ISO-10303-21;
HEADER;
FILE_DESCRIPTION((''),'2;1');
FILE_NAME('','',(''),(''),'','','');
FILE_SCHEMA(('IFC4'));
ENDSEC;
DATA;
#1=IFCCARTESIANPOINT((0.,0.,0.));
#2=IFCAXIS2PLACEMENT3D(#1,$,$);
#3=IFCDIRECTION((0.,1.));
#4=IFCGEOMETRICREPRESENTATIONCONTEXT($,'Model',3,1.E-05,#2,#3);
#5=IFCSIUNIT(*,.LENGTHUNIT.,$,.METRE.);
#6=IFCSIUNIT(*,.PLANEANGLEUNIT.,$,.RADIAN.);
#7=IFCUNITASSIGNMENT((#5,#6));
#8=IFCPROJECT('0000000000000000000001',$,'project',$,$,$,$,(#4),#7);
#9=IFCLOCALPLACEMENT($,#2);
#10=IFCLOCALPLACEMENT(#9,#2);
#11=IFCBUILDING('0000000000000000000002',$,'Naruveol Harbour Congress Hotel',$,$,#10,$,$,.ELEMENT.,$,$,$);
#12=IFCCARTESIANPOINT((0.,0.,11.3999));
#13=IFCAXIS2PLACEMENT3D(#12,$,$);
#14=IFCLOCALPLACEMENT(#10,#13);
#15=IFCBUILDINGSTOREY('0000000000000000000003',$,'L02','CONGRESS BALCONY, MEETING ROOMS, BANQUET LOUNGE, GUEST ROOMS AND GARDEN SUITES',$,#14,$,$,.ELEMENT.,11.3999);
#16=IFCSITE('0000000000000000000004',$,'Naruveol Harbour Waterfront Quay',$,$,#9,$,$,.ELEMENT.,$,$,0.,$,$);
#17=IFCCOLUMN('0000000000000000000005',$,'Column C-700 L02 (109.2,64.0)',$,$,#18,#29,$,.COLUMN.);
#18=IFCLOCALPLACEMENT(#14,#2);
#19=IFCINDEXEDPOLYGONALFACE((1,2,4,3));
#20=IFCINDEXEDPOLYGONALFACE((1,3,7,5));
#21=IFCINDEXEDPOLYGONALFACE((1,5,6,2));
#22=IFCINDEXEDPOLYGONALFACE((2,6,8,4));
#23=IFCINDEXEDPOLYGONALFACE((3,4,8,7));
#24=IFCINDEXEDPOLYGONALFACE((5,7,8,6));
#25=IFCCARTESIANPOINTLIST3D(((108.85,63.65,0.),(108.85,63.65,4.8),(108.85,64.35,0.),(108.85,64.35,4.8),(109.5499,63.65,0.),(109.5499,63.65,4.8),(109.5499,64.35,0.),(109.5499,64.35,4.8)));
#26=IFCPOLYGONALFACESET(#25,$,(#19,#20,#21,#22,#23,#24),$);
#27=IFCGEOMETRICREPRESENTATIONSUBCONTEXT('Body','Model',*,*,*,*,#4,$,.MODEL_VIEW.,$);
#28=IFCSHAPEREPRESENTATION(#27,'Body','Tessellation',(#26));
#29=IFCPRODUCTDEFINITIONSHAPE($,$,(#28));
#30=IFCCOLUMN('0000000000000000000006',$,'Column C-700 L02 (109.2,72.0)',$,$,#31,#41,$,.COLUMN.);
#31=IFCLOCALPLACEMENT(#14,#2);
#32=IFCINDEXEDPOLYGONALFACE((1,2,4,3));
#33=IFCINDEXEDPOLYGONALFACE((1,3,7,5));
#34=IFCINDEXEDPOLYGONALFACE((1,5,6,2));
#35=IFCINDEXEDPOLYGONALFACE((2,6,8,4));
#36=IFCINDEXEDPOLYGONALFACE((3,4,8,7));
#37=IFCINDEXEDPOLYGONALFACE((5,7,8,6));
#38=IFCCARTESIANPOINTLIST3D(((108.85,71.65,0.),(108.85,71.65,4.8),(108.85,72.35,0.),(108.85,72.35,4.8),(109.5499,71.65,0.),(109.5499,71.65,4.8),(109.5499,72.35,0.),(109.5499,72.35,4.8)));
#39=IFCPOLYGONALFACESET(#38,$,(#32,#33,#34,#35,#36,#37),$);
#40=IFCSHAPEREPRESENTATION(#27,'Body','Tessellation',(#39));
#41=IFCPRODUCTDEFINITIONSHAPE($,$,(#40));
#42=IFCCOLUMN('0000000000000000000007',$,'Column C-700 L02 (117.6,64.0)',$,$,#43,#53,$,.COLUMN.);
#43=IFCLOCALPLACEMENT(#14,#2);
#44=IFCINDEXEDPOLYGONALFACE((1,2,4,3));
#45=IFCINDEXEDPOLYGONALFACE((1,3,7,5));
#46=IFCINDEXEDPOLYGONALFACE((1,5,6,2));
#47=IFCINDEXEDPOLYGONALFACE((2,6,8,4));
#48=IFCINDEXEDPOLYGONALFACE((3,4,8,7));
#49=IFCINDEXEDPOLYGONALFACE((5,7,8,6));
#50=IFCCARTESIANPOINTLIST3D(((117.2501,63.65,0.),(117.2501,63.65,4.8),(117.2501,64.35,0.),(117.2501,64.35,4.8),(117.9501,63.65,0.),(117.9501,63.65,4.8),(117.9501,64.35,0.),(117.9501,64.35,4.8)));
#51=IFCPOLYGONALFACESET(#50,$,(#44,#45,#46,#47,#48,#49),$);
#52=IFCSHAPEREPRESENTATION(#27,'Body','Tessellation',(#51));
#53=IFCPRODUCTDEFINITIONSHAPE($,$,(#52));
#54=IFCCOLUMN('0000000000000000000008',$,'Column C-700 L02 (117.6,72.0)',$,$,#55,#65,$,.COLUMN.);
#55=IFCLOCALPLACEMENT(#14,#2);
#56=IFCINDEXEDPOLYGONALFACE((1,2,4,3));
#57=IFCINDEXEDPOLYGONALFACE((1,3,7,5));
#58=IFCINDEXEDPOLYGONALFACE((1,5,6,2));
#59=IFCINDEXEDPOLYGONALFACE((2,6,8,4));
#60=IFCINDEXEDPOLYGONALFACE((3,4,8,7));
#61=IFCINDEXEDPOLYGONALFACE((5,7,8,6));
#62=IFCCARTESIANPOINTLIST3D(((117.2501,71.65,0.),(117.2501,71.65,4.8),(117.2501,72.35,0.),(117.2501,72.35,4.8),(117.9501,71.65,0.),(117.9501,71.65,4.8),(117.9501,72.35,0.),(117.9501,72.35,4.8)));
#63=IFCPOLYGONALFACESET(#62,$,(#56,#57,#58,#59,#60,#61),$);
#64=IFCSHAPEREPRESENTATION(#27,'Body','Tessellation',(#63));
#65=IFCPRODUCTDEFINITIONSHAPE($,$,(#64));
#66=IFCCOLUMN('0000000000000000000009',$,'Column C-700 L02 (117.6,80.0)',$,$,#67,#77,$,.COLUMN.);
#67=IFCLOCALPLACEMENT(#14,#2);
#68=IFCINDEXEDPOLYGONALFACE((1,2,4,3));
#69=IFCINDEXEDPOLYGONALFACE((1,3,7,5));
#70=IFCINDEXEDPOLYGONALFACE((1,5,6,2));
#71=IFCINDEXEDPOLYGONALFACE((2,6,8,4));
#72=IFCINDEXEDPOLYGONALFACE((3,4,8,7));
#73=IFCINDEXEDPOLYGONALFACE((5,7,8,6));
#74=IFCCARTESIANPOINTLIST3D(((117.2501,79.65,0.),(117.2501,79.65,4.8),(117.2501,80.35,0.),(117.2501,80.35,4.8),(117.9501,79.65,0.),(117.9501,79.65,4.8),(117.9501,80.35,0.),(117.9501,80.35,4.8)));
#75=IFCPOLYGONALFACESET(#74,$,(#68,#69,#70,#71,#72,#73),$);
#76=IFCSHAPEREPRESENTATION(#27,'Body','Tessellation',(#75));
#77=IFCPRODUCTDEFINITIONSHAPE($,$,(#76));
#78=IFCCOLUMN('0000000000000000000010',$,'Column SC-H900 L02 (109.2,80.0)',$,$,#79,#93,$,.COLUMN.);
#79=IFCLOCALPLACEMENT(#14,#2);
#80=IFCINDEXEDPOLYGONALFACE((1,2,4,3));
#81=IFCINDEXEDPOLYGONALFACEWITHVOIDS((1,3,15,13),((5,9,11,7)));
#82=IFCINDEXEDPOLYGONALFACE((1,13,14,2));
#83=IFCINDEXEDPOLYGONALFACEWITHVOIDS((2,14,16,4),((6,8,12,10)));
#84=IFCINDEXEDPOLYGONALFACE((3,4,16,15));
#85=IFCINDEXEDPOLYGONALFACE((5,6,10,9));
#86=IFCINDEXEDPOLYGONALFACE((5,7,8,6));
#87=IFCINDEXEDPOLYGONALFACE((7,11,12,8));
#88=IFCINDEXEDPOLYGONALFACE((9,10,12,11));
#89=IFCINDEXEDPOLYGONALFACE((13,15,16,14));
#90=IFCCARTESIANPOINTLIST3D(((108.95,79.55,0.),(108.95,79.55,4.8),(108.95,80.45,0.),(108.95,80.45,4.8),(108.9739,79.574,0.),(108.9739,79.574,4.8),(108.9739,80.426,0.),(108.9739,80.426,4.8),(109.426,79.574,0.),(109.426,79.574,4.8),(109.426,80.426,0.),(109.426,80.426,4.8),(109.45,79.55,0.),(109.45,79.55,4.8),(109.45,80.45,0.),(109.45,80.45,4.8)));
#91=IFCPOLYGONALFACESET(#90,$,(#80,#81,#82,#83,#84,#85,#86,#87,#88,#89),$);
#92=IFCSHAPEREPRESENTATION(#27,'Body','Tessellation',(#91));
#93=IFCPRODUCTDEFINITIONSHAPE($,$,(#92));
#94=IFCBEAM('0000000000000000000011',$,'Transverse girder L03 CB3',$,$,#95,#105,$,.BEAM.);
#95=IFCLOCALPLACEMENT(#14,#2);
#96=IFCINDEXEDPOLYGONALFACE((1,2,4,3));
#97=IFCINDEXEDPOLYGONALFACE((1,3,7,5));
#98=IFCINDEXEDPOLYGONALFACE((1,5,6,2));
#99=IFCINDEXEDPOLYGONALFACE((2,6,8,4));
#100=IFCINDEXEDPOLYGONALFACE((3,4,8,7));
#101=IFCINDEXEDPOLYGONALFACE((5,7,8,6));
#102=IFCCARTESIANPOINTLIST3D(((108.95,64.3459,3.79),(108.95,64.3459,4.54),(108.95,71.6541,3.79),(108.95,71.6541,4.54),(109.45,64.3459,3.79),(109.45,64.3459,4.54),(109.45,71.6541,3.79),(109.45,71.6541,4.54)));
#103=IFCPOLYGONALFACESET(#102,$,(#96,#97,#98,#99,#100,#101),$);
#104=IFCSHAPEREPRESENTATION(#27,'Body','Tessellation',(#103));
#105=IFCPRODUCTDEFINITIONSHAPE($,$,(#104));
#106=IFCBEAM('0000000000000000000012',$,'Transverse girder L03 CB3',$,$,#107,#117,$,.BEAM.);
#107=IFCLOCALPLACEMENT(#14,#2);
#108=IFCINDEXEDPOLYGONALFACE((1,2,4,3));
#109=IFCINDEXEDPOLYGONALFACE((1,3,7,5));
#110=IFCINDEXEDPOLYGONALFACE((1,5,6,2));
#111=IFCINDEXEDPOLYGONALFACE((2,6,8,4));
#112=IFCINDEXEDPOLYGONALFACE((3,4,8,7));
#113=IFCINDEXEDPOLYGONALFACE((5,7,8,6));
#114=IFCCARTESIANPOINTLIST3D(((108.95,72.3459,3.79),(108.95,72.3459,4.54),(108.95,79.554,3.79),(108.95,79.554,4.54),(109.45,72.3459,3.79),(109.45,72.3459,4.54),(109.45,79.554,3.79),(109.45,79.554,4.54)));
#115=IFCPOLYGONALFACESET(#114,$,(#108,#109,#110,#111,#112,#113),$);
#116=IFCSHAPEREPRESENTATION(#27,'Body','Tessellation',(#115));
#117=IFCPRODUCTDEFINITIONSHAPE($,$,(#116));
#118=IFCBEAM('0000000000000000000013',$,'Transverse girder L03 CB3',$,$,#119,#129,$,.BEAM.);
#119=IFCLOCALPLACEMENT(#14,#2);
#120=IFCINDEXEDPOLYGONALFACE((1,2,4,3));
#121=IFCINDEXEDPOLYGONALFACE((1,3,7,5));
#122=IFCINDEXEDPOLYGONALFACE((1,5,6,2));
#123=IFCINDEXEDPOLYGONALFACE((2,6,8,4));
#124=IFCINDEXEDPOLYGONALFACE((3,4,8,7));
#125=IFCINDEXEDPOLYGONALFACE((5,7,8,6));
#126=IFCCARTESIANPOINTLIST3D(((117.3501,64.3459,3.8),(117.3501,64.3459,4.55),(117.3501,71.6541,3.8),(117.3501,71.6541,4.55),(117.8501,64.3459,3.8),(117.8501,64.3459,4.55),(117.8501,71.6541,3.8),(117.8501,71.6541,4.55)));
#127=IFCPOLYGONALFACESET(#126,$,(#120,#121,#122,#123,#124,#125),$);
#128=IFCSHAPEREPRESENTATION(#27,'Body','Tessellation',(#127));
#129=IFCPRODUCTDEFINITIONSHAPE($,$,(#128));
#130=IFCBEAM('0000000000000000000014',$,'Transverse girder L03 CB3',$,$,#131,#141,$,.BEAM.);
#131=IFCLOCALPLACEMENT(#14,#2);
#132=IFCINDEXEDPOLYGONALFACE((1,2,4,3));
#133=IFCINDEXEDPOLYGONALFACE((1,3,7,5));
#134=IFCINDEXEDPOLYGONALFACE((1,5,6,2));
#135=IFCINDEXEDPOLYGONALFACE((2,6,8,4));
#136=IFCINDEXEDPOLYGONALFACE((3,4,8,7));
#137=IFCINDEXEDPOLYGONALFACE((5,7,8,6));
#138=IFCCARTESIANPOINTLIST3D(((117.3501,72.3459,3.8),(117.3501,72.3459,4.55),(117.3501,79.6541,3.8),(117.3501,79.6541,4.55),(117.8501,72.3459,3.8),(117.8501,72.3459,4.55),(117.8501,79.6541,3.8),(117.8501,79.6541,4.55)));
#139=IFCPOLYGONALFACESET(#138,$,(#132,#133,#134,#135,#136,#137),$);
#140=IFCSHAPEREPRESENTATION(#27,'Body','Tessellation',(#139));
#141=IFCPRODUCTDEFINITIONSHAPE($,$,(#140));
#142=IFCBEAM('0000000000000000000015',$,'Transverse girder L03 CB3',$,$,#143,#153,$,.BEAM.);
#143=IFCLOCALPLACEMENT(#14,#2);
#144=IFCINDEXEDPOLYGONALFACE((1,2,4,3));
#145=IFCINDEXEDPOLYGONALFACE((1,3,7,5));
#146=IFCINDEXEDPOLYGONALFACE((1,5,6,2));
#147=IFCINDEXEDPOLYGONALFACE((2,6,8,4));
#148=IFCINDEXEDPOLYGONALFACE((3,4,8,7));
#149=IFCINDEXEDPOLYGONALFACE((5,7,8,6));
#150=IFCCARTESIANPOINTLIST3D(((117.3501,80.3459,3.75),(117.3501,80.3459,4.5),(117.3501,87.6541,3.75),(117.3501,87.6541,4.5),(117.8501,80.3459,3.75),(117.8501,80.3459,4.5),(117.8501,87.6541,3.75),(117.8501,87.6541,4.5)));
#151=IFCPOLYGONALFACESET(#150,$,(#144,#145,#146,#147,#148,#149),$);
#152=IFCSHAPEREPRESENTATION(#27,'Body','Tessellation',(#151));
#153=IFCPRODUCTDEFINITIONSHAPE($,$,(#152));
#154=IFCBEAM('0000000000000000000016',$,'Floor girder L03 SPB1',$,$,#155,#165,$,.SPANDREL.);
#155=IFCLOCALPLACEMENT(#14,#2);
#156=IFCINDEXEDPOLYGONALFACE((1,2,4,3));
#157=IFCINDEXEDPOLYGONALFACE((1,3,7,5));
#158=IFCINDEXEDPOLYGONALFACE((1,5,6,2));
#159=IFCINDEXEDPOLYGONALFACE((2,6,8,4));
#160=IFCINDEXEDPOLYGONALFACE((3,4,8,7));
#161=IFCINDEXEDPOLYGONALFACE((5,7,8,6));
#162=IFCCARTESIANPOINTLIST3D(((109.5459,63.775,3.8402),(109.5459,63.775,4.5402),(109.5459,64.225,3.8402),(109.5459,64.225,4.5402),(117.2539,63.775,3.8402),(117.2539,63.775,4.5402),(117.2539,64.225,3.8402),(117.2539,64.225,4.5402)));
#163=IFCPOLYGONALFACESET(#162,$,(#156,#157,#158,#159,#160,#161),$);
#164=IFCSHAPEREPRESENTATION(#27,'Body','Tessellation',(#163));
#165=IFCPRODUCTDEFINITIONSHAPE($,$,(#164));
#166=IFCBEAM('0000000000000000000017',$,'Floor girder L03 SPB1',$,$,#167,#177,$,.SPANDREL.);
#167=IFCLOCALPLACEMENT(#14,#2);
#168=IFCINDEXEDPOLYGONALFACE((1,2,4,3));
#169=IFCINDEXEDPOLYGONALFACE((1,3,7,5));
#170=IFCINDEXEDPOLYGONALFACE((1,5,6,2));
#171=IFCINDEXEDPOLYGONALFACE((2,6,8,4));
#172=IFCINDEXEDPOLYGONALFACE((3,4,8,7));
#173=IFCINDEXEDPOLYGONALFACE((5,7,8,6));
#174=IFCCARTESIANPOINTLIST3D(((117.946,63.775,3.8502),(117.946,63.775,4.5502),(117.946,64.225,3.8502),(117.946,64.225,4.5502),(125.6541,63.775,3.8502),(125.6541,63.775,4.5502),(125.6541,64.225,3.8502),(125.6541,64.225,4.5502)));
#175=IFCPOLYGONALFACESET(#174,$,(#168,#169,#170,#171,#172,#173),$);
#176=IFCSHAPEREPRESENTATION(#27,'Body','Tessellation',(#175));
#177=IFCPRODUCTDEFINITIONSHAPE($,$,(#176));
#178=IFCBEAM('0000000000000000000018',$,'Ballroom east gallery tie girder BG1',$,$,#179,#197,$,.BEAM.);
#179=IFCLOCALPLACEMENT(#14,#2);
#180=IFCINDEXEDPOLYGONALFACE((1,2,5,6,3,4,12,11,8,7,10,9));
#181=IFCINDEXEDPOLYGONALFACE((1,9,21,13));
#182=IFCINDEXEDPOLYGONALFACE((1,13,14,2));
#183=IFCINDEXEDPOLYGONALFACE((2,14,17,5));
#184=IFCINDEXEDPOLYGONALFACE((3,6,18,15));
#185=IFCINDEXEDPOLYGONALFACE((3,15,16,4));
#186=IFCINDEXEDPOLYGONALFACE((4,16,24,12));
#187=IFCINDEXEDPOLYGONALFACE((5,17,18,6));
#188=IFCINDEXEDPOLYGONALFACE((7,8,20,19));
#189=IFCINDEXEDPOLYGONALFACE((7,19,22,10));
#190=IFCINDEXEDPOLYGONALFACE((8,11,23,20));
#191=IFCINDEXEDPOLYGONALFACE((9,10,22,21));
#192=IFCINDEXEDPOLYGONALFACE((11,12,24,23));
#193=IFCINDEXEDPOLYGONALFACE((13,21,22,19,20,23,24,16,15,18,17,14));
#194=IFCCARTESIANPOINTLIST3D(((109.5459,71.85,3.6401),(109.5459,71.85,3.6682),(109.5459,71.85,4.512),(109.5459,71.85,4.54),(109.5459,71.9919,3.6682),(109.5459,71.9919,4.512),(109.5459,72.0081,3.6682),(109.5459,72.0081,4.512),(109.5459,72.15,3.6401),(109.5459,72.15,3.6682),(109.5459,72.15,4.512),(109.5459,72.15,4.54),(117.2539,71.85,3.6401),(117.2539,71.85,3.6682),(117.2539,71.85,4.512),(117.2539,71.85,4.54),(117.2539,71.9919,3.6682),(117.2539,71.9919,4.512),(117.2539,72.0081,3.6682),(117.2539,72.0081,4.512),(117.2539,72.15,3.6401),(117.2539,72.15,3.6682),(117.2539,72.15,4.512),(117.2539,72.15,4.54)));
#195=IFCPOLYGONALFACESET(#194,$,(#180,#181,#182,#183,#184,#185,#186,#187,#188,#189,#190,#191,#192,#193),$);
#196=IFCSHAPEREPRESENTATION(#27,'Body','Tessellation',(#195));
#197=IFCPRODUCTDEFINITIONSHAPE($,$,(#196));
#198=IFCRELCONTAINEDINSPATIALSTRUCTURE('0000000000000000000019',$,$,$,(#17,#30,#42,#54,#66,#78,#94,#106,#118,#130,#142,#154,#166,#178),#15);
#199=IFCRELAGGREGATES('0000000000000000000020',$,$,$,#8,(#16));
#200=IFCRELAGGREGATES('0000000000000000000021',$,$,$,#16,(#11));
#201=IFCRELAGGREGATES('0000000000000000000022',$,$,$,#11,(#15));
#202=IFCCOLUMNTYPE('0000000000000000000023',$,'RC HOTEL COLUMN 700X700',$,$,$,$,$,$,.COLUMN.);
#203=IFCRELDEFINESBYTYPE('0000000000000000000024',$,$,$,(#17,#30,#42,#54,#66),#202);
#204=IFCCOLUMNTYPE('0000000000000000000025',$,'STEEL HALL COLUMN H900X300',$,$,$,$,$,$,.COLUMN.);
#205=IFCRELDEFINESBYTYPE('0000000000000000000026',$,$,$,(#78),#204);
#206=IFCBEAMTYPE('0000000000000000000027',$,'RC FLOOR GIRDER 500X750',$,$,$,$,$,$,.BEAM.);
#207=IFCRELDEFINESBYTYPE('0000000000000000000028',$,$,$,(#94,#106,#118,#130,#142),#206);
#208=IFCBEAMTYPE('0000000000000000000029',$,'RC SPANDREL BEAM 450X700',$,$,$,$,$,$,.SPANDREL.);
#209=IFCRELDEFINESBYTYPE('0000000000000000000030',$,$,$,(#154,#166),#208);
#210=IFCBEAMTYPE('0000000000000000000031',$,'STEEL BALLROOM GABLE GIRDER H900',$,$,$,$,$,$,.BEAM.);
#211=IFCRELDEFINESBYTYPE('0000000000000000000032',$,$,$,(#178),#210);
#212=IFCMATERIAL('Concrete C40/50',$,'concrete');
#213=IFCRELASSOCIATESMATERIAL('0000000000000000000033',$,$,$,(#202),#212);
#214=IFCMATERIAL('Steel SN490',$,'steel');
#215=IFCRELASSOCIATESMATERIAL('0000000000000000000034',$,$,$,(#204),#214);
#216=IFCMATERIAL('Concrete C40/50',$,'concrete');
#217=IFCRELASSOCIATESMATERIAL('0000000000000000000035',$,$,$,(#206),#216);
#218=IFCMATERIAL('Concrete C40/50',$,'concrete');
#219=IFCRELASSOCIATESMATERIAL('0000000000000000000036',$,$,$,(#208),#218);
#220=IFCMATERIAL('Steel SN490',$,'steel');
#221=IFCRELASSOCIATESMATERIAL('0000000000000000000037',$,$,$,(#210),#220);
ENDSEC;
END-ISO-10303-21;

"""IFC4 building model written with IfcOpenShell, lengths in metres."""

from ifc_helpers import new_model, si_unit, direction, frame, origin, origin_2d, place, context, subcontext, project, spatial, rectangle, hollow_rectangle, i_section, extrude, material, material_profile, profile_set, type_object, element, save


model = new_model("IFC4")

# Units and contexts
model_context = context("Model", 3, precision=1e-05, world=origin(), true_north=direction((0.0, 1.0)))
body_context = subcontext(model_context, "Body", "Model", "MODEL_VIEW")
ifc_project = project(units=[si_unit("LENGTHUNIT", "METRE"), si_unit("PLANEANGLEUNIT", "RADIAN")], contexts=[model_context])

# Site, building, storey
site_placement = place(None, origin())
site = spatial("IfcSite", under=ifc_project, at=site_placement, Name="Naruveol Harbour Waterfront Quay", CompositionType="ELEMENT", RefElevation=0.0)
building_placement = place(site_placement, origin())
building = spatial("IfcBuilding", under=site, at=building_placement, Name="Naruveol Harbour Congress Hotel", CompositionType="ELEMENT")
storey_placement = place(building_placement, frame((0.0, 0.0, 11.3999)))
storey = spatial("IfcBuildingStorey", under=building, at=storey_placement, Name="L02", Description="CONGRESS BALCONY, MEETING ROOMS, BANQUET LOUNGE, GUEST ROOMS AND GARDEN SUITES", CompositionType="ELEMENT", Elevation=11.3999)

# Columns
ifc_material_1 = material(Name="Concrete C40/50", Category="concrete")
ifc_material_profile_1 = material_profile(ifc_material_1, rectangle(XDim=0.7, YDim=0.7, at=origin_2d()), Name="RC-700x700")
ifc_profile_set_1 = profile_set([ifc_material_profile_1], Name="Concrete C40/50")
column_type_1 = type_object("IfcColumnType", Name="RC HOTEL COLUMN 700X700", PredefinedType="COLUMN", material=ifc_profile_set_1)
for number, where, z_axis, x_axis, name in (
    (1, (109.2, 64.0, 0.0), (0.0, 0.0, 1.0), (1.0, 0.0, 0.0), "Column C-700 L02 (109.2,64.0)"),
    (2, (109.2, 72.0, 0.0), (0.0, 0.0, 1.0), (1.0, 0.0, 0.0), "Column C-700 L02 (109.2,72.0)"),
    (3, (117.6001, 64.0, 0.0), (0.0, 0.0, 1.0), (1.0, 0.0, 0.0), "Column C-700 L02 (117.6,64.0)"),
    (4, (117.6001, 72.0, 0.0), (0.0, 0.0, 1.0), (1.0, 0.0, 0.0), "Column C-700 L02 (117.6,72.0)"),
    (5, (117.6001, 80.0, 0.0), (0.0, 0.0, 1.0), (1.0, 0.0, 0.0), "Column C-700 L02 (117.6,80.0)"),
):
    element("IfcColumn", number, at=place(storey_placement, frame(where, z_axis=z_axis, x_axis=x_axis)), inside=storey, type_object=column_type_1, Name=name, PredefinedType="COLUMN", context=body_context, shape_type="SweptSolid", body=[
        extrude(rectangle(XDim=0.7, YDim=0.7, at=origin_2d()), origin(), (0.0, 0.0, 1.0), 4.8),
    ])
ifc_material_2 = material(Name="Steel SN490", Category="steel")
ifc_material_profile_2 = material_profile(ifc_material_2, hollow_rectangle(XDim=0.5, YDim=0.8999, WallThickness=0.0239, at=origin_2d()), Name="RHS-900x500x24")
ifc_profile_set_2 = profile_set([ifc_material_profile_2], Name="Steel SN490")
column_type_2 = type_object("IfcColumnType", Name="STEEL HALL COLUMN H900X300", PredefinedType="COLUMN", material=ifc_profile_set_2)
column_placement = place(storey_placement, frame((109.2, 80.0, 0.0), z_axis=(0.0, 0.0, 1.0), x_axis=(1.0, 0.0, 0.0)))
element("IfcColumn", 6, at=column_placement, inside=storey, type_object=column_type_2, Name="Column SC-H900 L02 (109.2,80.0)", PredefinedType="COLUMN", context=body_context, shape_type="SweptSolid", body=[
    extrude(hollow_rectangle(XDim=0.5, YDim=0.8999, WallThickness=0.0239, at=origin_2d()), origin(), (0.0, 0.0, 1.0), 4.8),
])

# Beams
ifc_material_3 = material(Name="Concrete C40/50", Category="concrete")
ifc_material_profile_3 = material_profile(ifc_material_3, rectangle(XDim=0.5, YDim=0.75, at=origin_2d()), Name="RCB-500x750")
ifc_profile_set_3 = profile_set([ifc_material_profile_3], Name="Concrete C40/50")
beam_type_1 = type_object("IfcBeamType", Name="RC FLOOR GIRDER 500X750", PredefinedType="BEAM", material=ifc_profile_set_3)
beam_1_placement = place(storey_placement, frame((109.2, 64.3459, 4.165), z_axis=(0.0, 1.0, 0.0), x_axis=(-1.0, 0.0, 0.0)))
element("IfcBeam", 7, at=beam_1_placement, inside=storey, type_object=beam_type_1, Name="Transverse girder L03 CB3", PredefinedType="BEAM", context=body_context, shape_type="SweptSolid", body=[
    extrude(rectangle(XDim=0.5, YDim=0.75, at=origin_2d()), origin(), (0.0, 0.0, 1.0), 7.3081),
])
beam_2_placement = place(storey_placement, frame((109.2, 72.3459, 4.165), z_axis=(0.0, 1.0, 0.0), x_axis=(-1.0, 0.0, 0.0)))
element("IfcBeam", 8, at=beam_2_placement, inside=storey, type_object=beam_type_1, Name="Transverse girder L03 CB3", PredefinedType="BEAM", context=body_context, shape_type="SweptSolid", body=[
    extrude(rectangle(XDim=0.5, YDim=0.75, at=origin_2d()), origin(), (0.0, 0.0, 1.0), 7.208),
])
for number, where, z_axis, x_axis, name in (
    (9, (117.6001, 64.3459, 4.175), (0.0, 1.0, 0.0), (-1.0, 0.0, 0.0), "Transverse girder L03 CB3"),
    (10, (117.6001, 72.3459, 4.175), (0.0, 1.0, 0.0), (-1.0, 0.0, 0.0), "Transverse girder L03 CB3"),
    (11, (117.6001, 80.3459, 4.125), (0.0, 1.0, 0.0), (-1.0, 0.0, 0.0), "Transverse girder L03 CB3"),
):
    element("IfcBeam", number, at=place(storey_placement, frame(where, z_axis=z_axis, x_axis=x_axis)), inside=storey, type_object=beam_type_1, Name=name, PredefinedType="BEAM", context=body_context, shape_type="SweptSolid", body=[
        extrude(rectangle(XDim=0.5, YDim=0.75, at=origin_2d()), origin(), (0.0, 0.0, 1.0), 7.3081),
    ])
ifc_material_4 = material(Name="Concrete C40/50", Category="concrete")
ifc_material_profile_4 = material_profile(ifc_material_4, rectangle(XDim=0.45, YDim=0.7, at=origin_2d()), Name="RCB-450x700")
ifc_profile_set_4 = profile_set([ifc_material_profile_4], Name="Concrete C40/50")
beam_type_2 = type_object("IfcBeamType", Name="RC SPANDREL BEAM 450X700", PredefinedType="SPANDREL", material=ifc_profile_set_4)
for number, where, z_axis, x_axis, name in (
    (12, (109.5459, 64.0, 4.1902), (1.0, 0.0, 0.0), (0.0, 1.0, 0.0), "Floor girder L03 SPB1"),
    (13, (117.946, 64.0, 4.2002), (1.0, 0.0, 0.0), (0.0, 1.0, 0.0), "Floor girder L03 SPB1"),
):
    element("IfcBeam", number, at=place(storey_placement, frame(where, z_axis=z_axis, x_axis=x_axis)), inside=storey, type_object=beam_type_2, Name=name, PredefinedType="SPANDREL", context=body_context, shape_type="SweptSolid", body=[
        extrude(rectangle(XDim=0.45, YDim=0.7, at=origin_2d()), origin(), (0.0, 0.0, 1.0), 7.708),
    ])
ifc_material_5 = material(Name="Steel SN490", Category="steel")
ifc_material_profile_5 = material_profile(ifc_material_5, i_section(OverallWidth=0.3, OverallDepth=0.8999, WebThickness=0.0161, FlangeThickness=0.0281, at=origin_2d()), Name="H-900x300x16x28")
ifc_profile_set_5 = profile_set([ifc_material_profile_5], Name="Steel SN490")
beam_type_3 = type_object("IfcBeamType", Name="STEEL BALLROOM GABLE GIRDER H900", PredefinedType="BEAM", material=ifc_profile_set_5)
for number, where, z_axis, x_axis, name in (
    (14, (109.5459, 72.0, 4.0901), (1.0, 0.0, 0.0), (0.0, 1.0, 0.0), "Ballroom east gallery tie girder BG1"),
):
    element("IfcBeam", number, at=place(storey_placement, frame(where, z_axis=z_axis, x_axis=x_axis)), inside=storey, type_object=beam_type_3, Name=name, PredefinedType="BEAM", context=body_context, shape_type="SweptSolid", body=[
        extrude(i_section(OverallWidth=0.3, OverallDepth=0.8999, WebThickness=0.0161, FlangeThickness=0.0281, at=origin_2d()), origin(), (0.0, 0.0, 1.0), 7.708),
    ])

save(model, "model.ifc")
